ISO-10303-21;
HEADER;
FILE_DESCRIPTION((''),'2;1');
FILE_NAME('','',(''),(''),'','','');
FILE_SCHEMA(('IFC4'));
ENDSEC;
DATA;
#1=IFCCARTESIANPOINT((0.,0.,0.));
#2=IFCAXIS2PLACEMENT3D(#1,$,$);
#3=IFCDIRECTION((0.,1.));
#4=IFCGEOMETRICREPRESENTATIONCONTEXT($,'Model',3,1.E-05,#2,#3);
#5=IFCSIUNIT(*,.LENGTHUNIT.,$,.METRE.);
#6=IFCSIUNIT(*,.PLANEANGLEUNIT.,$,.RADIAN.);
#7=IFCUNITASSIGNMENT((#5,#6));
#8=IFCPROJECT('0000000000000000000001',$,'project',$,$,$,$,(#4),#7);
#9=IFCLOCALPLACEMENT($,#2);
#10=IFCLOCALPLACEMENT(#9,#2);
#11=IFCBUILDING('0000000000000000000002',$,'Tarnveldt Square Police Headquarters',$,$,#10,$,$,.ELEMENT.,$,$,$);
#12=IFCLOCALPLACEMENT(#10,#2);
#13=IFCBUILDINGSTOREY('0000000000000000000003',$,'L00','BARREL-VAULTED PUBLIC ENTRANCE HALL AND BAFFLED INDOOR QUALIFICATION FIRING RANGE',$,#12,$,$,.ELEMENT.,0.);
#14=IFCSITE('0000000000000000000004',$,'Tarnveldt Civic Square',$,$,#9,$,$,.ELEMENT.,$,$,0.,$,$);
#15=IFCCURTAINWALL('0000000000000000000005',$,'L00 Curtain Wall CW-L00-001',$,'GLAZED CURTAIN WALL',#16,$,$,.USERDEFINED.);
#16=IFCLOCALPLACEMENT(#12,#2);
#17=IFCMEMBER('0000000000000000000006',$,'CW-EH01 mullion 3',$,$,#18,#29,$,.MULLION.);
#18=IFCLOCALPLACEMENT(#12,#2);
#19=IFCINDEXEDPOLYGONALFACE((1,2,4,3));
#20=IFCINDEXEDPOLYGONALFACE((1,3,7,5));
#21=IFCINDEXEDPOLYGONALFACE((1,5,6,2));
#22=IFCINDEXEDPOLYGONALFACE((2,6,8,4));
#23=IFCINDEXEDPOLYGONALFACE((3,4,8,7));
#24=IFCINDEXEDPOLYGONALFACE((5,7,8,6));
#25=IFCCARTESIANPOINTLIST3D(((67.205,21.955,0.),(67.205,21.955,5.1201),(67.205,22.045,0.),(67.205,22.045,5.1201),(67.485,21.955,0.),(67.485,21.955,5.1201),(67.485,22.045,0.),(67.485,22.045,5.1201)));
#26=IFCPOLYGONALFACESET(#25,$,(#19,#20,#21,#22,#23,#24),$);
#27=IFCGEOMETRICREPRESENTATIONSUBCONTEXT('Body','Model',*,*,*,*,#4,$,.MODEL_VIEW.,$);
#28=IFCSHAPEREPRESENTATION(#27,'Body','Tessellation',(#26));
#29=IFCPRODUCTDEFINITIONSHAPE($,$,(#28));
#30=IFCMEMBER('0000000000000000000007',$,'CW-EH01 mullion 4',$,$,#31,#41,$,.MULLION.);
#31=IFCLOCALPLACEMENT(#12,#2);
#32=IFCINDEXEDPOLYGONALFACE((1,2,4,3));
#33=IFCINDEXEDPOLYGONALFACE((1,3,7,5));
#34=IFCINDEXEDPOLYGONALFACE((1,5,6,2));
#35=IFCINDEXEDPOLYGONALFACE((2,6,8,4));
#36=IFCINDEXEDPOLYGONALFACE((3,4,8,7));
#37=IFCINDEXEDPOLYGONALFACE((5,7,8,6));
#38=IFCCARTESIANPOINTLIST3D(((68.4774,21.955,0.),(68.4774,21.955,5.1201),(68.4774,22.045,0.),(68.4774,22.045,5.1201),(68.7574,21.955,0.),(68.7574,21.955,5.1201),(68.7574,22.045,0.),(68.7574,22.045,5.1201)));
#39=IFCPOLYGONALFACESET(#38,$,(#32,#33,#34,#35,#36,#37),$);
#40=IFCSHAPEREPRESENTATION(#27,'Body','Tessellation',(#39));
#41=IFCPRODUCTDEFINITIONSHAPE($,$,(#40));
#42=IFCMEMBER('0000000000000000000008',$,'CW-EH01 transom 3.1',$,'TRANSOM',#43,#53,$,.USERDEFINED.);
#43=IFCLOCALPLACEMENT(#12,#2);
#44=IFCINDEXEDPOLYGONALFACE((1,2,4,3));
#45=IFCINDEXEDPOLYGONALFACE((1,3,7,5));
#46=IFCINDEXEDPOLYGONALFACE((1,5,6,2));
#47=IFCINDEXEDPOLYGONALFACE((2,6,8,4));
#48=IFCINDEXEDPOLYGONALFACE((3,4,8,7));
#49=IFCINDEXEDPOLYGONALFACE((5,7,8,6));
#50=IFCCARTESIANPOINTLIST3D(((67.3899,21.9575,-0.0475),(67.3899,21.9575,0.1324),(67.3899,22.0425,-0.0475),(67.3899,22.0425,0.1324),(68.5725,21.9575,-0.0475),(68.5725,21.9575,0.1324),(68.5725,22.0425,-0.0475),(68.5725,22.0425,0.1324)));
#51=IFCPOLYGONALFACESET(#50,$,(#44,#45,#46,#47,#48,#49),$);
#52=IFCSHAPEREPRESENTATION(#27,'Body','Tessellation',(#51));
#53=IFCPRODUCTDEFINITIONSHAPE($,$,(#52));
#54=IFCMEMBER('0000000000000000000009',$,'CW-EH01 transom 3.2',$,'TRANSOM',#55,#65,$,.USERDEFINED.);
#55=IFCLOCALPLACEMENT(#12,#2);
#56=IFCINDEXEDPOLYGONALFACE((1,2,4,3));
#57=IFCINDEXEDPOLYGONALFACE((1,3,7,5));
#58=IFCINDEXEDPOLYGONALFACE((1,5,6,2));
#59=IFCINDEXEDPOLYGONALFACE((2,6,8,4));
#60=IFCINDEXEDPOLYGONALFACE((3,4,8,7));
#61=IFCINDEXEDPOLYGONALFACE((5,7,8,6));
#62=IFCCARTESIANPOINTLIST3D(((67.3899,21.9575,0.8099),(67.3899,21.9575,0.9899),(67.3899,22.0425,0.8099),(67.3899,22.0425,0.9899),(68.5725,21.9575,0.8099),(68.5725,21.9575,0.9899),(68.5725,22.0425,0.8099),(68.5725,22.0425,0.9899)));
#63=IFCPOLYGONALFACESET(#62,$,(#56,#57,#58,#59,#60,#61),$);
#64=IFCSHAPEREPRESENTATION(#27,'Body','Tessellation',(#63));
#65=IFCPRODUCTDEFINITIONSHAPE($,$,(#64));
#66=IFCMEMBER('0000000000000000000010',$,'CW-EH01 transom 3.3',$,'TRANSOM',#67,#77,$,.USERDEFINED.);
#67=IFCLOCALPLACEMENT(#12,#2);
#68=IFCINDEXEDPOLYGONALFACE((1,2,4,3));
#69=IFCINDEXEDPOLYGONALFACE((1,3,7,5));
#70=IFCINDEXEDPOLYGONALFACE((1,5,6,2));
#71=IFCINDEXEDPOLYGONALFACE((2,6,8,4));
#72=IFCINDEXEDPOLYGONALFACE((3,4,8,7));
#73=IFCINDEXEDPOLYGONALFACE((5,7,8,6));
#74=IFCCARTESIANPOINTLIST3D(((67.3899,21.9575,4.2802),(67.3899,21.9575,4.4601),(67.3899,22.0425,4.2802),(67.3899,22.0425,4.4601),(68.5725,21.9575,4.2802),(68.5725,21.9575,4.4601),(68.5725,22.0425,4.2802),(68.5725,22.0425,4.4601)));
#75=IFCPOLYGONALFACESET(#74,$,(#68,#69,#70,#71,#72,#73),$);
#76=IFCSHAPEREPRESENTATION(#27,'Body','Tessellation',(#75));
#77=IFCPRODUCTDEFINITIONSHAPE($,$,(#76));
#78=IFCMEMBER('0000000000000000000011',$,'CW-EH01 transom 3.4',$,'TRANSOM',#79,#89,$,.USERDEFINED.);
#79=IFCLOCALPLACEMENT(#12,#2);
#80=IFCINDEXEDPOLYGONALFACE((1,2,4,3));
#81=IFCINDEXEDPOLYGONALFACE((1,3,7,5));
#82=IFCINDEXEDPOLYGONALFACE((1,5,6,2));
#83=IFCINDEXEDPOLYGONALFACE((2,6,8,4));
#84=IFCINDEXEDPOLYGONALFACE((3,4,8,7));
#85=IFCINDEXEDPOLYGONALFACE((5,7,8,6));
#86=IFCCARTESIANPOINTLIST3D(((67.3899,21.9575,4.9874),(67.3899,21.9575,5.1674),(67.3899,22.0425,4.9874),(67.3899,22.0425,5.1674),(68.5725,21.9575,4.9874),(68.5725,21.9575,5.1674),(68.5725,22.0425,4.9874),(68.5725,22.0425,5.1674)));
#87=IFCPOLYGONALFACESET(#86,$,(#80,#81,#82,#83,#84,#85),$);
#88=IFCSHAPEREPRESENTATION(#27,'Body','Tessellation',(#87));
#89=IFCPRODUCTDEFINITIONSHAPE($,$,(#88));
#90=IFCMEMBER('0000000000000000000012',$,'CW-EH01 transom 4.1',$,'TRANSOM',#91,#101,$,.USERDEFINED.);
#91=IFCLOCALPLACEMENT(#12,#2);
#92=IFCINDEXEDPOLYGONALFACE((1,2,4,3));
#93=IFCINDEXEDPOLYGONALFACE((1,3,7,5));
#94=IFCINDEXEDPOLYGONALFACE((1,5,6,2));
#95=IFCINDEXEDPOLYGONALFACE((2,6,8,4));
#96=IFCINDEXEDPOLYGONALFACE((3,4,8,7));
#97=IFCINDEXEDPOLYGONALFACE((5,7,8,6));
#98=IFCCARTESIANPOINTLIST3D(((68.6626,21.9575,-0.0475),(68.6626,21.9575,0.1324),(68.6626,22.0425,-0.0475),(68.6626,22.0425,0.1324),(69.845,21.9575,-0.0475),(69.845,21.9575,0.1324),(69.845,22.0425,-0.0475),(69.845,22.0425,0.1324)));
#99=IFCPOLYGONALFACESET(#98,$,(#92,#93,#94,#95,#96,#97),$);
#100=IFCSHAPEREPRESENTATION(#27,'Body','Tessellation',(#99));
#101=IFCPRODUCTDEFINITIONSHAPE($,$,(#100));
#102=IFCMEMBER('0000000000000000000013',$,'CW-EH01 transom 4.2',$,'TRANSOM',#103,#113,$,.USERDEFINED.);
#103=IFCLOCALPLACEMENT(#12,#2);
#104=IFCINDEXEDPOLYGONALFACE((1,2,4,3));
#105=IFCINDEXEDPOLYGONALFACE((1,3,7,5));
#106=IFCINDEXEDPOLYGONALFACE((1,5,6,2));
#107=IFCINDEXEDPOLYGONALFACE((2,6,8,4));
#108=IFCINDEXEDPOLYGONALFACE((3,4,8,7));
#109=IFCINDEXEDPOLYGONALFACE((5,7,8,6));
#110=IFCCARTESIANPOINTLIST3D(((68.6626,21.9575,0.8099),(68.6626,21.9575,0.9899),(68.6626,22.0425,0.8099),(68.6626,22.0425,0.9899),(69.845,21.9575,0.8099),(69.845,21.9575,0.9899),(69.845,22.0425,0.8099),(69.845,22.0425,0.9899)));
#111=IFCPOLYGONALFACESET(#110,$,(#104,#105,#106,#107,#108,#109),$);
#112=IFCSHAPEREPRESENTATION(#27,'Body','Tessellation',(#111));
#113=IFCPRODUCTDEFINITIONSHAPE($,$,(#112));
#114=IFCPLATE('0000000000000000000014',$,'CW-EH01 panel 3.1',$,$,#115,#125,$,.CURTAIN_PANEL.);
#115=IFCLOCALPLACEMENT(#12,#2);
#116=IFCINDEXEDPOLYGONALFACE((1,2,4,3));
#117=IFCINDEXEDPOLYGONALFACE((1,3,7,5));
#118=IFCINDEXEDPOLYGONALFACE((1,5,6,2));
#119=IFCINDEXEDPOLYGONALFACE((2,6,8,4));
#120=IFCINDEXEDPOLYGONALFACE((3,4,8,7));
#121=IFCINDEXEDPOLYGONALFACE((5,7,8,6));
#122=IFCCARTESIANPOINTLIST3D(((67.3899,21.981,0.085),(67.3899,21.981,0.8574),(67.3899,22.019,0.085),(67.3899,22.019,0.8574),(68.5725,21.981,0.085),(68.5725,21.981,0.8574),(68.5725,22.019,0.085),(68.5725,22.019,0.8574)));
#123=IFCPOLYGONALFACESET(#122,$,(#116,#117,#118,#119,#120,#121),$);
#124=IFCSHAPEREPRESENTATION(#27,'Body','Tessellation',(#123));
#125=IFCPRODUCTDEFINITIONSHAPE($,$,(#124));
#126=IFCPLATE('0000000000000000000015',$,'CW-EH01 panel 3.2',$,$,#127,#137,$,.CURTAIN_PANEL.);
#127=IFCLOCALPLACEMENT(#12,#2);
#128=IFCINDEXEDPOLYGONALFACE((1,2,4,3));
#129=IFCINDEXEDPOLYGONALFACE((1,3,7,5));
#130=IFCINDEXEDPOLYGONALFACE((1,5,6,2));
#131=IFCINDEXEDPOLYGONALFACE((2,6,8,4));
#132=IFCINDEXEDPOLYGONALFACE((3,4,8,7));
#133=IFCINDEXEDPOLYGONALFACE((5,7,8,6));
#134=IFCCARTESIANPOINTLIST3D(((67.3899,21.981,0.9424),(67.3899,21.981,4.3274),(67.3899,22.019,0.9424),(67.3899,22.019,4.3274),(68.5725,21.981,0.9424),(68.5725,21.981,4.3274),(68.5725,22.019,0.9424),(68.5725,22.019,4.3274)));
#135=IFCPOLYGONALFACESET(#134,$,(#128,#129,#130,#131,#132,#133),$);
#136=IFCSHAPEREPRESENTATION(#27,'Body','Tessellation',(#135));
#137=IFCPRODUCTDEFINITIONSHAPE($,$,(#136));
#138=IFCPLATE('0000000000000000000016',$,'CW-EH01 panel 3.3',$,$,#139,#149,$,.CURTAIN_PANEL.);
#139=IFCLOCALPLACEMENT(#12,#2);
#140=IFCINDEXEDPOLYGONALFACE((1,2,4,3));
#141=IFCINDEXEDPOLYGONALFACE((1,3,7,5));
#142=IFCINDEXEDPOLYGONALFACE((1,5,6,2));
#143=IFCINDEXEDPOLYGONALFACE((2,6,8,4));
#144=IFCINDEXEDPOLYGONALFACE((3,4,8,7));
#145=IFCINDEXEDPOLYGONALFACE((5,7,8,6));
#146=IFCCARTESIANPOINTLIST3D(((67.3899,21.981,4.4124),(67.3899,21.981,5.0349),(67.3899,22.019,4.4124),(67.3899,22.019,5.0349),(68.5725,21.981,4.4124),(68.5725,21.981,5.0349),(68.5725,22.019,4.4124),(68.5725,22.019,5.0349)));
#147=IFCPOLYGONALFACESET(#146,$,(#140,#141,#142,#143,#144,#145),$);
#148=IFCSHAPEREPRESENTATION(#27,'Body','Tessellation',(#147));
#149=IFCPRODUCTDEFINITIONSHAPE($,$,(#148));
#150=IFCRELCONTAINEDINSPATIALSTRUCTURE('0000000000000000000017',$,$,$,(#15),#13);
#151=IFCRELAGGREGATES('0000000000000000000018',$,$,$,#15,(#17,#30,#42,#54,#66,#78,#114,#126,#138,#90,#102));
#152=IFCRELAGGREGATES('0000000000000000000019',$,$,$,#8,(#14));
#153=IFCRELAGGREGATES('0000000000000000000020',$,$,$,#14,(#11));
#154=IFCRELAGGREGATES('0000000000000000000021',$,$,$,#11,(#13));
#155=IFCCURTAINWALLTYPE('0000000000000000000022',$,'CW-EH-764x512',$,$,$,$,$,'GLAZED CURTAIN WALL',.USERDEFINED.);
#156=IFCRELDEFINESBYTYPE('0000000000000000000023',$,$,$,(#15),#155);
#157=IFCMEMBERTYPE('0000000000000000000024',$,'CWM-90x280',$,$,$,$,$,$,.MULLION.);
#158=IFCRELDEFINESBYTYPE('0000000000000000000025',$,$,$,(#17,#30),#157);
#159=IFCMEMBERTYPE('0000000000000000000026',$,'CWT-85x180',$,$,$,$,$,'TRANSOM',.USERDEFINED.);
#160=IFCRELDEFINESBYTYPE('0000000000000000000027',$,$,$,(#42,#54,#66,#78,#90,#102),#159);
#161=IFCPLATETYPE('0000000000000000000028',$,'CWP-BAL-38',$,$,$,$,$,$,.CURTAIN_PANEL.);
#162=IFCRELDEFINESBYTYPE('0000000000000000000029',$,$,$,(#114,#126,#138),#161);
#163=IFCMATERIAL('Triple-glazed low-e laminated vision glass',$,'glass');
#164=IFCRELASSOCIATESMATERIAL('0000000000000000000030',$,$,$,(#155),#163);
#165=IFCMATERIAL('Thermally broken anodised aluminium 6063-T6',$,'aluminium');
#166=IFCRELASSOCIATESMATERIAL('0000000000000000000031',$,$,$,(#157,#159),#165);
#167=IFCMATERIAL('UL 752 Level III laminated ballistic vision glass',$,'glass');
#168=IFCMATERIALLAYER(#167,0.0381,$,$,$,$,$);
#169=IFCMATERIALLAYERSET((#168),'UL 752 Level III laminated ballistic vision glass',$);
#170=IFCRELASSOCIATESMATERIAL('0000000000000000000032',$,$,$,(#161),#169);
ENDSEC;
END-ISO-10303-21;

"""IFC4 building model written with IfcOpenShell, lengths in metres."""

from ifc_helpers import new_model, si_unit, direction, frame, origin, origin_2d, place, context, subcontext, project, spatial, rectangle, extrude, material, layer, layer_set, material_profile, profile_set, type_object, element, aggregate, save


model = new_model("IFC4")

# Units and contexts
model_context = context("Model", 3, precision=1e-05, world=origin(), true_north=direction((0.0, 1.0)))
body_context = subcontext(model_context, "Body", "Model", "MODEL_VIEW")
ifc_project = project(units=[si_unit("LENGTHUNIT", "METRE"), si_unit("PLANEANGLEUNIT", "RADIAN")], contexts=[model_context])

# Site, building, storey
site_placement = place(None, origin())
site = spatial("IfcSite", under=ifc_project, at=site_placement, Name="Tarnveldt Civic Square", CompositionType="ELEMENT", RefElevation=0.0)
building_placement = place(site_placement, origin())
building = spatial("IfcBuilding", under=site, at=building_placement, Name="Tarnveldt Square Police Headquarters", CompositionType="ELEMENT")
storey_placement = place(building_placement, origin())
storey = spatial("IfcBuildingStorey", under=building, at=storey_placement, Name="L00", Description="BARREL-VAULTED PUBLIC ENTRANCE HALL AND BAFFLED INDOOR QUALIFICATION FIRING RANGE", CompositionType="ELEMENT", Elevation=0.0)

# Curtain wall, members, plates
ifc_material_1 = material(Name="Triple-glazed low-e laminated vision glass", Category="glass")
curtain_wall_type = type_object("IfcCurtainWallType", Name="CW-EH-764x512", ElementType="GLAZED CURTAIN WALL", PredefinedType="USERDEFINED", material=ifc_material_1)
curtain_wall_placement = place(storey_placement, origin())
curtain_wall = element("IfcCurtainWall", 1, at=curtain_wall_placement, inside=storey, type_object=curtain_wall_type, Name="L00 Curtain Wall CW-L00-001", ObjectType="GLAZED CURTAIN WALL", PredefinedType="USERDEFINED")
ifc_material_2 = material(Name="Thermally broken anodised aluminium 6063-T6", Category="aluminium")
ifc_material_profile_1 = material_profile(ifc_material_2, rectangle(XDim=0.0901, YDim=0.28, at=origin_2d()), Name="CW-M90x280")
ifc_profile_set_1 = profile_set([ifc_material_profile_1], Name="Thermally broken anodised aluminium 6063-T6")
member_type_1 = type_object("IfcMemberType", Name="CWM-90x280", PredefinedType="MULLION", material=ifc_profile_set_1)
member_1_placement = place(storey_placement, frame((67.345, 22.0, 0.0), z_axis=(0.0, 0.0, 1.0), x_axis=(0.0, 1.0, 0.0)))
member_1 = element("IfcMember", 2, at=member_1_placement, type_object=member_type_1, Name="CW-EH01 mullion 3", PredefinedType="MULLION", context=body_context, shape_type="SweptSolid", body=[
    extrude(rectangle(XDim=0.0901, YDim=0.28, at=origin_2d()), origin(), (0.0, 0.0, 1.0), 5.1201),
])
member_2_placement = place(storey_placement, frame((68.6174, 22.0, 0.0), z_axis=(0.0, 0.0, 1.0), x_axis=(0.0, 1.0, 0.0)))
member_2 = element("IfcMember", 3, at=member_2_placement, type_object=member_type_1, Name="CW-EH01 mullion 4", PredefinedType="MULLION", context=body_context, shape_type="SweptSolid", body=[
    extrude(rectangle(XDim=0.0901, YDim=0.28, at=origin_2d()), origin(), (0.0, 0.0, 1.0), 5.1201),
])
ifc_material_profile_2 = material_profile(ifc_material_2, rectangle(XDim=0.085, YDim=0.1799, at=origin_2d()), Name="CW-T85x180")
ifc_profile_set_2 = profile_set([ifc_material_profile_2], Name="Thermally broken anodised aluminium 6063-T6")
member_type_2 = type_object("IfcMemberType", Name="CWT-85x180", ElementType="TRANSOM", PredefinedType="USERDEFINED", material=ifc_profile_set_2)
member_3_placement = place(storey_placement, frame((67.3899, 22.0, 0.0425), z_axis=(1.0, 0.0, 0.0), x_axis=(0.0, 1.0, 0.0)))
member_3 = element("IfcMember", 4, at=member_3_placement, type_object=member_type_2, Name="CW-EH01 transom 3.1", ObjectType="TRANSOM", PredefinedType="USERDEFINED", context=body_context, shape_type="SweptSolid", body=[
    extrude(rectangle(XDim=0.085, YDim=0.1799, at=origin_2d()), origin(), (0.0, 0.0, 1.0), 1.1826),
])
member_4_placement = place(storey_placement, frame((67.3899, 22.0, 0.8999), z_axis=(1.0, 0.0, 0.0), x_axis=(0.0, 1.0, 0.0)))
member_4 = element("IfcMember", 5, at=member_4_placement, type_object=member_type_2, Name="CW-EH01 transom 3.2", ObjectType="TRANSOM", PredefinedType="USERDEFINED", context=body_context, shape_type="SweptSolid", body=[
    extrude(rectangle(XDim=0.085, YDim=0.1799, at=origin_2d()), origin(), (0.0, 0.0, 1.0), 1.1826),
])
member_5_placement = place(storey_placement, frame((67.3899, 22.0, 4.3701), z_axis=(1.0, 0.0, 0.0), x_axis=(0.0, 1.0, 0.0)))
member_5 = element("IfcMember", 6, at=member_5_placement, type_object=member_type_2, Name="CW-EH01 transom 3.3", ObjectType="TRANSOM", PredefinedType="USERDEFINED", context=body_context, shape_type="SweptSolid", body=[
    extrude(rectangle(XDim=0.085, YDim=0.1799, at=origin_2d()), origin(), (0.0, 0.0, 1.0), 1.1826),
])
member_6_placement = place(storey_placement, frame((67.3899, 22.0, 5.0774), z_axis=(1.0, 0.0, 0.0), x_axis=(0.0, 1.0, 0.0)))
member_6 = element("IfcMember", 7, at=member_6_placement, type_object=member_type_2, Name="CW-EH01 transom 3.4", ObjectType="TRANSOM", PredefinedType="USERDEFINED", context=body_context, shape_type="SweptSolid", body=[
    extrude(rectangle(XDim=0.085, YDim=0.1799, at=origin_2d()), origin(), (0.0, 0.0, 1.0), 1.1826),
])
member_7_placement = place(storey_placement, frame((68.6626, 22.0, 0.0425), z_axis=(1.0, 0.0, 0.0), x_axis=(0.0, 1.0, 0.0)))
member_7 = element("IfcMember", 8, at=member_7_placement, type_object=member_type_2, Name="CW-EH01 transom 4.1", ObjectType="TRANSOM", PredefinedType="USERDEFINED", context=body_context, shape_type="SweptSolid", body=[
    extrude(rectangle(XDim=0.085, YDim=0.1799, at=origin_2d()), origin(), (0.0, 0.0, 1.0), 1.1824),
])
member_8_placement = place(storey_placement, frame((68.6626, 22.0, 0.8999), z_axis=(1.0, 0.0, 0.0), x_axis=(0.0, 1.0, 0.0)))
member_8 = element("IfcMember", 9, at=member_8_placement, type_object=member_type_2, Name="CW-EH01 transom 4.2", ObjectType="TRANSOM", PredefinedType="USERDEFINED", context=body_context, shape_type="SweptSolid", body=[
    extrude(rectangle(XDim=0.085, YDim=0.1799, at=origin_2d()), origin(), (0.0, 0.0, 1.0), 1.1824),
])
ifc_material_3 = material(Name="UL 752 Level III laminated ballistic vision glass", Category="glass")
ifc_layer = layer(ifc_material_3, 0.0381)
ifc_layer_set = layer_set([ifc_layer], Name="UL 752 Level III laminated ballistic vision glass")
plate_type = type_object("IfcPlateType", Name="CWP-BAL-38", PredefinedType="CURTAIN_PANEL", material=ifc_layer_set)
plate_1_placement = place(storey_placement, frame((67.9812, 22.0, 0.085), z_axis=(0.0, 0.0, 1.0), x_axis=(1.0, 0.0, 0.0)))
plate_1 = element("IfcPlate", 10, at=plate_1_placement, type_object=plate_type, Name="CW-EH01 panel 3.1", PredefinedType="CURTAIN_PANEL", context=body_context, shape_type="SweptSolid", body=[
    extrude(rectangle(XDim=1.1826, YDim=0.0381, at=origin_2d()), origin(), (0.0, 0.0, 1.0), 0.7725),
])
plate_2_placement = place(storey_placement, frame((67.9812, 22.0, 0.9424), z_axis=(0.0, 0.0, 1.0), x_axis=(1.0, 0.0, 0.0)))
plate_2 = element("IfcPlate", 11, at=plate_2_placement, type_object=plate_type, Name="CW-EH01 panel 3.2", PredefinedType="CURTAIN_PANEL", context=body_context, shape_type="SweptSolid", body=[
    extrude(rectangle(XDim=1.1826, YDim=0.0381, at=origin_2d()), origin(), (0.0, 0.0, 1.0), 3.385),
])
plate_3_placement = place(storey_placement, frame((67.9812, 22.0, 4.4124), z_axis=(0.0, 0.0, 1.0), x_axis=(1.0, 0.0, 0.0)))
plate_3 = element("IfcPlate", 12, at=plate_3_placement, type_object=plate_type, Name="CW-EH01 panel 3.3", PredefinedType="CURTAIN_PANEL", context=body_context, shape_type="SweptSolid", body=[
    extrude(rectangle(XDim=1.1826, YDim=0.0381, at=origin_2d()), origin(), (0.0, 0.0, 1.0), 0.6226),
])
aggregate(curtain_wall, [member_1, member_2, member_3, member_4, member_5, member_6, plate_1, plate_2, plate_3, member_7, member_8])

save(model, "model.ifc")
